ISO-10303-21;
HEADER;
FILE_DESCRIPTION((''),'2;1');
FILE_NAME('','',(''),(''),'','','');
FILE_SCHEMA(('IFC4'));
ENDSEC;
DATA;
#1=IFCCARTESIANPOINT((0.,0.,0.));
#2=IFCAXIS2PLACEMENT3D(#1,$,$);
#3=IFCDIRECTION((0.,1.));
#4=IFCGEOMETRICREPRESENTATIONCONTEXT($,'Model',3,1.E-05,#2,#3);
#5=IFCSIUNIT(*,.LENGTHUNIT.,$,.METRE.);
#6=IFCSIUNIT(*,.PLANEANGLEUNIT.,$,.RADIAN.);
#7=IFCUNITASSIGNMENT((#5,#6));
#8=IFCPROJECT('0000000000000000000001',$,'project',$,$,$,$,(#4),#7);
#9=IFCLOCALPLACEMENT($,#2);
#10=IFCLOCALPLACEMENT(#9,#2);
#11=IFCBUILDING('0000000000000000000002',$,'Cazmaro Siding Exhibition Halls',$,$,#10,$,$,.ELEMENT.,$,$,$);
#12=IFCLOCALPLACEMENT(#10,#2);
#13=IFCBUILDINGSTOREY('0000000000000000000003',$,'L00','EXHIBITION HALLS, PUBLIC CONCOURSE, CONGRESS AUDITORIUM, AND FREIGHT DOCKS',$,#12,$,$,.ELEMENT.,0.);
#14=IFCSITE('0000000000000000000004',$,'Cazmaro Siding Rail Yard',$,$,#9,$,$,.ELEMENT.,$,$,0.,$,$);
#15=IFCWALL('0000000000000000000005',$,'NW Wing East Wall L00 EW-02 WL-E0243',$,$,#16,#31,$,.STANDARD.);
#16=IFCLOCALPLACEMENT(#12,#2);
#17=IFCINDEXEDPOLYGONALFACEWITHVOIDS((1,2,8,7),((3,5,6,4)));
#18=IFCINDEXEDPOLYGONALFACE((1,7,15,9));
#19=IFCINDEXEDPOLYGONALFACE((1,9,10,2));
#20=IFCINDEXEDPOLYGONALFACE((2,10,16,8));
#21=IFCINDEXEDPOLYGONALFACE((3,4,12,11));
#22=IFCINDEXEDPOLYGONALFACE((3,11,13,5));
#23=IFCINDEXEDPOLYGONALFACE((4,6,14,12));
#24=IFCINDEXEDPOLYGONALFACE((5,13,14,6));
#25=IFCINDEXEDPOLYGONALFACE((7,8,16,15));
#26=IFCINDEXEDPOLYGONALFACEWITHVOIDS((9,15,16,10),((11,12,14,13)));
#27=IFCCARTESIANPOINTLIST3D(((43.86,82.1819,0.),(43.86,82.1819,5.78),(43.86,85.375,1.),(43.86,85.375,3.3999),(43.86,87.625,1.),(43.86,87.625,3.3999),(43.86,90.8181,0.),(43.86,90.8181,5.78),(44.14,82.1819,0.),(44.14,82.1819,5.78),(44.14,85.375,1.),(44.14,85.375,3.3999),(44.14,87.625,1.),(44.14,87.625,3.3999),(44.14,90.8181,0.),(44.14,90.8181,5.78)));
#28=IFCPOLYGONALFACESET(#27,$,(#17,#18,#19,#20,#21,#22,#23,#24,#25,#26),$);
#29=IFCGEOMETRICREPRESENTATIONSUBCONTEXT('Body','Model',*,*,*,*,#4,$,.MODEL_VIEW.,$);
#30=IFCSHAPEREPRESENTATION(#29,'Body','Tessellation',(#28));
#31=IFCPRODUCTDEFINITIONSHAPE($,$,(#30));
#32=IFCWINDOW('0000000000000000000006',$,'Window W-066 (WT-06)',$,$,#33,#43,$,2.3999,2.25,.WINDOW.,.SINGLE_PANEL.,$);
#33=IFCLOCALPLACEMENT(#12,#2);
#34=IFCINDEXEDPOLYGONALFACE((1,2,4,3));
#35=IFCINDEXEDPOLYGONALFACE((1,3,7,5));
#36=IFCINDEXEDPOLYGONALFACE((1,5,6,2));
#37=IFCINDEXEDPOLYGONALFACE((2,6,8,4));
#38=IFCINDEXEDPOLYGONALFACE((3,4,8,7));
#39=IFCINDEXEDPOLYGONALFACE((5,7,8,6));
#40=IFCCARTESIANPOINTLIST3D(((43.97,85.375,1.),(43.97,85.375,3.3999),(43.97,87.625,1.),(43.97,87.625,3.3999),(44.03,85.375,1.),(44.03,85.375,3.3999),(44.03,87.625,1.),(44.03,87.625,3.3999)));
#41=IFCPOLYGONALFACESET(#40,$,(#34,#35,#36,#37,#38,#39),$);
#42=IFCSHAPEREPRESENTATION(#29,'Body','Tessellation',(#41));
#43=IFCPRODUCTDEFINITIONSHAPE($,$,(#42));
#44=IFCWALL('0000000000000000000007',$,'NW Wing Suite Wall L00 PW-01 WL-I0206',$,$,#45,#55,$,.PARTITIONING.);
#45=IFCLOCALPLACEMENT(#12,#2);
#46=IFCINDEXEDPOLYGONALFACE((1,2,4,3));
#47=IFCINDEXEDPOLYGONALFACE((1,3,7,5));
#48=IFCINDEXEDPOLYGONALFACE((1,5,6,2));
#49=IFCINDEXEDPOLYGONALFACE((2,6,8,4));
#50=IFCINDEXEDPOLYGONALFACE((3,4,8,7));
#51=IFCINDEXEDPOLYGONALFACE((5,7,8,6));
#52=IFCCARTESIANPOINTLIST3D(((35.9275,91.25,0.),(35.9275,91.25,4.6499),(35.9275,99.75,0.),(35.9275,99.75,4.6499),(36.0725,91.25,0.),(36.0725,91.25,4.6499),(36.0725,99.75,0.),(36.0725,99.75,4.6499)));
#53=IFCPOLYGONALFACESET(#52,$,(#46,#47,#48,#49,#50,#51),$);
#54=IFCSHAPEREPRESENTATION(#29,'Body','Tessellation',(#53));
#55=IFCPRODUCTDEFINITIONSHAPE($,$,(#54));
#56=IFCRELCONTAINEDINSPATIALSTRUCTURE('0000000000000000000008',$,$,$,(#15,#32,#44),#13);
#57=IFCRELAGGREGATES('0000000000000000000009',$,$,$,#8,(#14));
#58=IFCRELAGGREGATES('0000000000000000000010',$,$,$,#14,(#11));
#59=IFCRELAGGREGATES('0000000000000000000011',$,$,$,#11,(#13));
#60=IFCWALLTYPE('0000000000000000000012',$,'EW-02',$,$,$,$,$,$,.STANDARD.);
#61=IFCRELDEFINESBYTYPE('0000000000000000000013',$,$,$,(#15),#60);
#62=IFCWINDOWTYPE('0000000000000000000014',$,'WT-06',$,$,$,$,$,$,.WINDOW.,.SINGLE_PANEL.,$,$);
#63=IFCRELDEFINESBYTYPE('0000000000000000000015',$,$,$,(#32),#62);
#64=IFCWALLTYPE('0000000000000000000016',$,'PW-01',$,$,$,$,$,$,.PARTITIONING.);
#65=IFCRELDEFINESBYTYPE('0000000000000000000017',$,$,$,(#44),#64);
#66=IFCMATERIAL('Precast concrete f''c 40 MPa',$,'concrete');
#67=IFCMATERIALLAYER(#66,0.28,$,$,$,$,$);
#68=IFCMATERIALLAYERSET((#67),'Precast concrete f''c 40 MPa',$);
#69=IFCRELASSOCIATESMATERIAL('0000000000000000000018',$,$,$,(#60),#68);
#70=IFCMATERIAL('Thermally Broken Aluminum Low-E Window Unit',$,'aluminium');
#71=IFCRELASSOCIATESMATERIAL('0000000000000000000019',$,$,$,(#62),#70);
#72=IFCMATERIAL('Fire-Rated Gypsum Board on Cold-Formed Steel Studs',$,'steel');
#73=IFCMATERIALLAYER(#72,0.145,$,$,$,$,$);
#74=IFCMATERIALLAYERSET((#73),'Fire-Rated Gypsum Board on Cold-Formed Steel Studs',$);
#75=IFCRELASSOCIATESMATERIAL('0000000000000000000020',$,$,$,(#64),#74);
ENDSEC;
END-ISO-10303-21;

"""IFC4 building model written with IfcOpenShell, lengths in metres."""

from ifc_helpers import new_model, si_unit, direction, frame, frame_2d, origin, place, context, subcontext, project, spatial, rectangle, extrude, material, layer, layer_set, type_object, element, fill, save


model = new_model("IFC4")

# Units and contexts
model_context = context("Model", 3, precision=1e-05, world=origin(), true_north=direction((0.0, 1.0)))
body_context = subcontext(model_context, "Body", "Model", "MODEL_VIEW")
ifc_project = project(units=[si_unit("LENGTHUNIT", "METRE"), si_unit("PLANEANGLEUNIT", "RADIAN")], contexts=[model_context])

# Site, building, storey
site_placement = place(None, origin())
site = spatial("IfcSite", under=ifc_project, at=site_placement, Name="Cazmaro Siding Rail Yard", CompositionType="ELEMENT", RefElevation=0.0)
building_placement = place(site_placement, origin())
building = spatial("IfcBuilding", under=site, at=building_placement, Name="Cazmaro Siding Exhibition Halls", CompositionType="ELEMENT")
storey_placement = place(building_placement, origin())
storey = spatial("IfcBuildingStorey", under=building, at=storey_placement, Name="L00", Description="EXHIBITION HALLS, PUBLIC CONCOURSE, CONGRESS AUDITORIUM, AND FREIGHT DOCKS", CompositionType="ELEMENT", Elevation=0.0)

# Wall, opening, window
ifc_material_1 = material(Name="Precast concrete f'c 40 MPa", Category="concrete")
ifc_layer_1 = layer(ifc_material_1, 0.28)
ifc_layer_set_1 = layer_set([ifc_layer_1], Name="Precast concrete f'c 40 MPa")
wall_type_1 = type_object("IfcWallType", Name="EW-02", PredefinedType="STANDARD", material=ifc_layer_set_1)
wall_1_placement = place(storey_placement, frame((44.0, 90.8181, 0.0), z_axis=(0.0, 0.0, 1.0), x_axis=(0.0, -1.0, 0.0)))
wall_1 = element("IfcWall", 1, at=wall_1_placement, inside=storey, type_object=wall_type_1, Name="NW Wing East Wall L00 EW-02 WL-E0243", PredefinedType="STANDARD", context=body_context, shape_type="SweptSolid", body=[
    extrude(rectangle(XDim=8.6362, YDim=0.28, at=frame_2d((4.3181, 0.0))), origin(), (0.0, 0.0, 1.0), 5.78),
])
opening_1_placement = place(wall_1_placement, frame((3.1931, 0.0, 1.0)))
opening_1 = element("IfcOpeningElement", 2, at=opening_1_placement, cuts=wall_1, PredefinedType="OPENING", context=body_context, shape_type="SweptSolid", body=[
    extrude(rectangle(XDim=2.25, YDim=2.3999, at=frame_2d((1.125, 1.2))), frame((0.0, 0.1499, 0.0), z_axis=(0.0, -1.0, 0.0), x_axis=(1.0, 0.0, 0.0)), (0.0, 0.0, 1.0), 0.3),
])
ifc_material_2 = material(Name="Thermally Broken Aluminum Low-E Window Unit", Category="aluminium")
window_type = type_object("IfcWindowType", Name="WT-06", PartitioningType="SINGLE_PANEL", PredefinedType="WINDOW", material=ifc_material_2)
window_placement = place(opening_1_placement, origin())
window = element("IfcWindow", 3, at=window_placement, inside=storey, type_object=window_type, Name="Window W-066 (WT-06)", OverallHeight=2.3999, OverallWidth=2.25, PartitioningType="SINGLE_PANEL", PredefinedType="WINDOW", context=body_context, shape_type="SweptSolid", body=[
    extrude(rectangle(XDim=2.25, YDim=2.3999, at=frame_2d((1.125, 1.2))), frame((0.0, 0.03, 0.0), z_axis=(0.0, -1.0, 0.0), x_axis=(1.0, 0.0, 0.0)), (0.0, 0.0, 1.0), 0.0601),
])
fill(opening_1, window)

# Wall
ifc_material_3 = material(Name="Fire-Rated Gypsum Board on Cold-Formed Steel Studs", Category="steel")
ifc_layer_2 = layer(ifc_material_3, 0.145)
ifc_layer_set_2 = layer_set([ifc_layer_2], Name="Fire-Rated Gypsum Board on Cold-Formed Steel Studs")
wall_type_2 = type_object("IfcWallType", Name="PW-01", PredefinedType="PARTITIONING", material=ifc_layer_set_2)
wall_2_placement = place(storey_placement, frame((36.0, 91.25, 0.0), z_axis=(0.0, 0.0, 1.0), x_axis=(0.0, 1.0, 0.0)))
element("IfcWall", 4, at=wall_2_placement, inside=storey, type_object=wall_type_2, Name="NW Wing Suite Wall L00 PW-01 WL-I0206", PredefinedType="PARTITIONING", context=body_context, shape_type="SweptSolid", body=[
    extrude(rectangle(XDim=8.5, YDim=0.145, at=frame_2d((4.25, 0.0))), origin(), (0.0, 0.0, 1.0), 4.6499),
])

save(model, "model.ifc")
